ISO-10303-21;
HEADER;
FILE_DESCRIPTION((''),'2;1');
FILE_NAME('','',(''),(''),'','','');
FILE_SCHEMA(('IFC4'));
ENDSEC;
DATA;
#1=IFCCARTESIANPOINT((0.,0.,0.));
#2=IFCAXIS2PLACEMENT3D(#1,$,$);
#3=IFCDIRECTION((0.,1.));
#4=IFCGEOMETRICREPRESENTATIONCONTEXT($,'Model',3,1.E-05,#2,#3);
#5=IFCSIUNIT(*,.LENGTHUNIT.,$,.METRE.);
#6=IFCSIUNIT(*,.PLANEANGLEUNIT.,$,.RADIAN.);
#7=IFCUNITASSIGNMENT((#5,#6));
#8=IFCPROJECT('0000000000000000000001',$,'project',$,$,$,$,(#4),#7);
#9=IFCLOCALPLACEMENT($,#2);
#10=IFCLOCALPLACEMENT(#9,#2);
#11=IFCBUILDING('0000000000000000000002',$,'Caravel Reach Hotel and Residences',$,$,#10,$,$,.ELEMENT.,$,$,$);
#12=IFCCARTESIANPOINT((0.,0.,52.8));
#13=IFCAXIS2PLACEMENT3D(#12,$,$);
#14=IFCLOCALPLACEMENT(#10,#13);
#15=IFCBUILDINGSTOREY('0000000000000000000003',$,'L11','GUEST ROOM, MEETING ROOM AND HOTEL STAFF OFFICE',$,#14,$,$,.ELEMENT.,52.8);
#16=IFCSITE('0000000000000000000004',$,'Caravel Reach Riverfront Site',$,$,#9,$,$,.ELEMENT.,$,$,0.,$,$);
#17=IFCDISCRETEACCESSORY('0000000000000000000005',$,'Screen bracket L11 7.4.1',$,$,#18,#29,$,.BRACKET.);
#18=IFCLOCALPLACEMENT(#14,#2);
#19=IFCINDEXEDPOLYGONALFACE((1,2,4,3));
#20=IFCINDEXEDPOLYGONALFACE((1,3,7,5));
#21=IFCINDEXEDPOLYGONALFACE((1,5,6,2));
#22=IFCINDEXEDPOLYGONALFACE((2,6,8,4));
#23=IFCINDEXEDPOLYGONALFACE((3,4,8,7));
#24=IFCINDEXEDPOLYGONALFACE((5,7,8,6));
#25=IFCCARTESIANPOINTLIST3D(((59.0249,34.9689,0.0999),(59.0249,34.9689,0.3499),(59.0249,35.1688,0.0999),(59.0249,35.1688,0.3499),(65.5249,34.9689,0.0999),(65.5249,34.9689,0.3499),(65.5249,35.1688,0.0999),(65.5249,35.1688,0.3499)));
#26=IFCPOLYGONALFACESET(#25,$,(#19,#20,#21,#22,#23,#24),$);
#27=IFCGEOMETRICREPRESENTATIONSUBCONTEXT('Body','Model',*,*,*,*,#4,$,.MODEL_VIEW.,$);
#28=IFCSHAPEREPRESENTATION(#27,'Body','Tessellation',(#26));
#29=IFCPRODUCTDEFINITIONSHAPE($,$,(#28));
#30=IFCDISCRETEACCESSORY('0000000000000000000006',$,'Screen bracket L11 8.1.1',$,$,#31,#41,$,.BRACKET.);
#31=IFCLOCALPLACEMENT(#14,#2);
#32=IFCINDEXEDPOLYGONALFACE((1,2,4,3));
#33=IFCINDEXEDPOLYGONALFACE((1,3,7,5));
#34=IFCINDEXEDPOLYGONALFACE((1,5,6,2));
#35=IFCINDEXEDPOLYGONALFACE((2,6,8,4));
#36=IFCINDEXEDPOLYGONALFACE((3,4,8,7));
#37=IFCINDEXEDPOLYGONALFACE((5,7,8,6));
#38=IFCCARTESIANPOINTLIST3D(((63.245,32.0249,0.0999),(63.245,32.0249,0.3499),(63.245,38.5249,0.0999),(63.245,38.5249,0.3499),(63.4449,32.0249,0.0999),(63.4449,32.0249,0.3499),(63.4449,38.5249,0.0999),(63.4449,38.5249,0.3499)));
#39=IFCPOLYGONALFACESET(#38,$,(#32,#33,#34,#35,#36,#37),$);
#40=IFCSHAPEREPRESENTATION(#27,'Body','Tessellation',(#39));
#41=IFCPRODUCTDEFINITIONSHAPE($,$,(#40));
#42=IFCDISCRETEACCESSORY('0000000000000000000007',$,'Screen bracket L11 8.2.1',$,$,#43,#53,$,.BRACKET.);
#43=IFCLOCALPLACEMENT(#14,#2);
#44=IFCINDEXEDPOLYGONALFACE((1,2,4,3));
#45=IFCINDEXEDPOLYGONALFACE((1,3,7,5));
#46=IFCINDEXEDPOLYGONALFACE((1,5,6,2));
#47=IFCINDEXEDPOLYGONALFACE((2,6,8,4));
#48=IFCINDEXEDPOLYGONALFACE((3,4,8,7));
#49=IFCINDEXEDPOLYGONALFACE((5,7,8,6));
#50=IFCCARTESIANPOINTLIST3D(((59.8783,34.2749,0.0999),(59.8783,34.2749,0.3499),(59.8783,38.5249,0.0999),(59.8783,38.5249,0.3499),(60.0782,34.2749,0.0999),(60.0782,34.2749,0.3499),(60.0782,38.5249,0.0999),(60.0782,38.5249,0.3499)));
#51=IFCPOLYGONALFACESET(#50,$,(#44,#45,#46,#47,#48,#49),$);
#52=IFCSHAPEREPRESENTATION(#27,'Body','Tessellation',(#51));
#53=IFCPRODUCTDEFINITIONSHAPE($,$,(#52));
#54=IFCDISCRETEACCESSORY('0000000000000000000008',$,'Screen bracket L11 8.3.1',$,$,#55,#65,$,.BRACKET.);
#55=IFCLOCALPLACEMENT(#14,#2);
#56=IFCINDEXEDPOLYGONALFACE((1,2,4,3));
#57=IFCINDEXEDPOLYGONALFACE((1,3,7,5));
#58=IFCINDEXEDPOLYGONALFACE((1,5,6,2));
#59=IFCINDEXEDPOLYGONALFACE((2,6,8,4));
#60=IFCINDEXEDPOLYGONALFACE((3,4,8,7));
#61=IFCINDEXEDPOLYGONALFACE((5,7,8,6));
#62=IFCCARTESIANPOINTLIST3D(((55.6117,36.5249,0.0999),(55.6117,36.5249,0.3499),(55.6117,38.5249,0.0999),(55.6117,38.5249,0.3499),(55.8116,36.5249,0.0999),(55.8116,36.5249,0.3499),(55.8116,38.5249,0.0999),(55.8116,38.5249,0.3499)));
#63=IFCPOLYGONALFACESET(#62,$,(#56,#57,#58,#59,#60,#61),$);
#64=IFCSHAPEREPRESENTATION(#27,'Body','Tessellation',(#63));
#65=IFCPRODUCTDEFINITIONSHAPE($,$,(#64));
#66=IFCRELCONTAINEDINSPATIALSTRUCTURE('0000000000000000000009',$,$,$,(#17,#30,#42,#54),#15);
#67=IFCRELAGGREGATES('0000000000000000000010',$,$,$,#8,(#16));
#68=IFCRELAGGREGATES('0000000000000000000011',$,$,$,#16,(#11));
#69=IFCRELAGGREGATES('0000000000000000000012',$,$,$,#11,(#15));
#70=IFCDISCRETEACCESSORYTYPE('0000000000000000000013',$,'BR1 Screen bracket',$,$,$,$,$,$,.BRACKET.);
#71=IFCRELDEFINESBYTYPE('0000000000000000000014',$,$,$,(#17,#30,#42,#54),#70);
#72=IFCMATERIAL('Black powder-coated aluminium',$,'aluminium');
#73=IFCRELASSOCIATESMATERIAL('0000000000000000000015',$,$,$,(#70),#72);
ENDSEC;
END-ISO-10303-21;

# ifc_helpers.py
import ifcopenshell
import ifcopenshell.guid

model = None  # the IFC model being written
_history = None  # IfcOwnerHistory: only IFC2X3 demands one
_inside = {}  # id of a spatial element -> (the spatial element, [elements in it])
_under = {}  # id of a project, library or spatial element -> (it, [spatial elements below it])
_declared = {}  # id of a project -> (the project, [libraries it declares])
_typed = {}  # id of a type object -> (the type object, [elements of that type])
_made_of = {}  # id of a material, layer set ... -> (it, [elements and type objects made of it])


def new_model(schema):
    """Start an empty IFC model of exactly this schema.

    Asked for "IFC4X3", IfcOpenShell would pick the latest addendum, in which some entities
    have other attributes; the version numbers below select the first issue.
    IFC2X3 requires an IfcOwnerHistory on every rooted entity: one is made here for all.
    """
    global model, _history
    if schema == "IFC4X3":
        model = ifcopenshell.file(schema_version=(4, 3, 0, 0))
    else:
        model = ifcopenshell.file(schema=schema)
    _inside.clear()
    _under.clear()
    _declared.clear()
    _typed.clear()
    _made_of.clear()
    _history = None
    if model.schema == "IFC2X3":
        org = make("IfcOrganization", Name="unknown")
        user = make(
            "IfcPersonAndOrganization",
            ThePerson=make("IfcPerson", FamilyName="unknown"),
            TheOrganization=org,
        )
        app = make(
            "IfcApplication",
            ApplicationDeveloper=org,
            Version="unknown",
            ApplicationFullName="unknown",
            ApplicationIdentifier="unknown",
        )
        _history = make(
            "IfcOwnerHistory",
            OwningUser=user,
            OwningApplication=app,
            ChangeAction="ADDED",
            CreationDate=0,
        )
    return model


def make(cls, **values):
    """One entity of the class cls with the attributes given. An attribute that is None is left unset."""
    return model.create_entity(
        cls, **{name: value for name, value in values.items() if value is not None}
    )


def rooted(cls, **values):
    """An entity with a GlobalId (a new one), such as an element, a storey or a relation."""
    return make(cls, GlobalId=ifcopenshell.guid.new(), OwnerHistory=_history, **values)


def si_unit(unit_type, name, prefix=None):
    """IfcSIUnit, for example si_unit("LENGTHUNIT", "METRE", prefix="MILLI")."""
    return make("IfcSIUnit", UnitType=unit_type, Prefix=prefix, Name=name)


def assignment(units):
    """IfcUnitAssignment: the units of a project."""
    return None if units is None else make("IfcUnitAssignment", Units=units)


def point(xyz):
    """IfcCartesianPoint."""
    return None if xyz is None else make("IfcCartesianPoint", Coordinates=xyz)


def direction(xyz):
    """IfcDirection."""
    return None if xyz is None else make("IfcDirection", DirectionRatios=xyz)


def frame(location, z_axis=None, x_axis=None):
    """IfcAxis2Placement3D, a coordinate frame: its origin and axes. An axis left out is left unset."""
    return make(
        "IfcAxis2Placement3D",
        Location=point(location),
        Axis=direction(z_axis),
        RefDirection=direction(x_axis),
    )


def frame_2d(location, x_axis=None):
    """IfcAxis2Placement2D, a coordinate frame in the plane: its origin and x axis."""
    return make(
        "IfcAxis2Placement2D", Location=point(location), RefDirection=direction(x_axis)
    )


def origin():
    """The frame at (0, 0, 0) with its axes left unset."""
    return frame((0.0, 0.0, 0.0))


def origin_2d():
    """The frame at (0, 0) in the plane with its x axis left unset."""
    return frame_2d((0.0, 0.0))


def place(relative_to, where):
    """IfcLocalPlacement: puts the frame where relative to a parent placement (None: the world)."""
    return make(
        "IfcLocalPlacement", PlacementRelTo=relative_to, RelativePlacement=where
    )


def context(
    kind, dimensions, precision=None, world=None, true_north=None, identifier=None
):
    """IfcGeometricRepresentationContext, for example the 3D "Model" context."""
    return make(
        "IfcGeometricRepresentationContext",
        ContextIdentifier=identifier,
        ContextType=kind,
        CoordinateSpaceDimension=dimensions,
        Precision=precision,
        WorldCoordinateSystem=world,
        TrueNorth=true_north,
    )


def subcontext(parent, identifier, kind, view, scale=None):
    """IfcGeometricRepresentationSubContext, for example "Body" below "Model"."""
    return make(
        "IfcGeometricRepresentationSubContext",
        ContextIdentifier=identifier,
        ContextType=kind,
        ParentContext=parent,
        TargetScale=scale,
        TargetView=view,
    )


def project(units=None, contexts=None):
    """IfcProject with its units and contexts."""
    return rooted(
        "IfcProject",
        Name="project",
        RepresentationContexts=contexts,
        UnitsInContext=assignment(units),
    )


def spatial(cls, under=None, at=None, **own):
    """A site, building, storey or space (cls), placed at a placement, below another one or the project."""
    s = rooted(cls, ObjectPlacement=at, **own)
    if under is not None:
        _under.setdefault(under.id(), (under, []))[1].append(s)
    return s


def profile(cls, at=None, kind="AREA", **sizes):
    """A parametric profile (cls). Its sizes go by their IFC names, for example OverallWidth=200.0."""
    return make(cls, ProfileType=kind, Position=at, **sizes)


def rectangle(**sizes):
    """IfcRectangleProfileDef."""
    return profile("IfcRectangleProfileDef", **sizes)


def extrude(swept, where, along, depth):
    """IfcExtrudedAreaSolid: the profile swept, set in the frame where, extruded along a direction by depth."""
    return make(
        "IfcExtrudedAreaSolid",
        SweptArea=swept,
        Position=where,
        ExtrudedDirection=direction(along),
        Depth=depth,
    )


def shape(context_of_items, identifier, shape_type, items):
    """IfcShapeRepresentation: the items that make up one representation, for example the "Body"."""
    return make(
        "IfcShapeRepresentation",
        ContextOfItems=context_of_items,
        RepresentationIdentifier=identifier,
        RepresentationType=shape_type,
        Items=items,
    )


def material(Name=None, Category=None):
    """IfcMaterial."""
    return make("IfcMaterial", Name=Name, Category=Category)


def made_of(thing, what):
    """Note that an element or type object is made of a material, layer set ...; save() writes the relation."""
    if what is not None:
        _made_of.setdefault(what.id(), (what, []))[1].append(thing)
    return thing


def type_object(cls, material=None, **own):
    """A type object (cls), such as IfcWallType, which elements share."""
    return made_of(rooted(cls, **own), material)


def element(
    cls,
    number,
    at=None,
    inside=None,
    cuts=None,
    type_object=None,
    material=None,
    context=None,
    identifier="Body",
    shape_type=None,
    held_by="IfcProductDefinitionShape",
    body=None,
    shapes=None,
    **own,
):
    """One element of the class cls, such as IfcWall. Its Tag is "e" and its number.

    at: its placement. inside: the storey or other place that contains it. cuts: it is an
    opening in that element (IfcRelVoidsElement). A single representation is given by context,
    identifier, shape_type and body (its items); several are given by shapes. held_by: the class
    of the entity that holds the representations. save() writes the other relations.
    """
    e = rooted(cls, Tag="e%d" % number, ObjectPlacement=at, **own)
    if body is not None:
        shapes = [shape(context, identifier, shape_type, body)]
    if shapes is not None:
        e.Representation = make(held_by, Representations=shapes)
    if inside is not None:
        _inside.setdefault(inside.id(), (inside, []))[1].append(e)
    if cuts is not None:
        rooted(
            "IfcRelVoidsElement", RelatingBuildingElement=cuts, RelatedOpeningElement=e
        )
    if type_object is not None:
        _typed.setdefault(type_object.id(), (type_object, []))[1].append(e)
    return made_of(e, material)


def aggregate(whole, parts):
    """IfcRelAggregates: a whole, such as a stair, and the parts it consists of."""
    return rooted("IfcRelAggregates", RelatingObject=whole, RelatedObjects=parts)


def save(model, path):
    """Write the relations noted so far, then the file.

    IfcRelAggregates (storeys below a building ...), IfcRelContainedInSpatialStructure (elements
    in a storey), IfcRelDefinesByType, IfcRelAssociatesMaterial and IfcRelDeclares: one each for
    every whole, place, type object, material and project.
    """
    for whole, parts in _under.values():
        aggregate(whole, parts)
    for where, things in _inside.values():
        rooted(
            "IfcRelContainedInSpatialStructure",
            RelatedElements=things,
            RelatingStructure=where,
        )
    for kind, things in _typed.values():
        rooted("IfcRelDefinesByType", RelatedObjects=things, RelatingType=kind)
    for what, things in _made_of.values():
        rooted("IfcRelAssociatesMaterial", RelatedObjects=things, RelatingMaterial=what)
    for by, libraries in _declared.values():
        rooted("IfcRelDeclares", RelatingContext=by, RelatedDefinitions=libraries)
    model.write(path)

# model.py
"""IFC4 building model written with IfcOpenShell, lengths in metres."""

from ifc_helpers import new_model, si_unit, direction, frame, origin, origin_2d, place, context, subcontext, project, spatial, rectangle, extrude, material, type_object, element, save


model = new_model("IFC4")

# Units and contexts
model_context = context("Model", 3, precision=1e-05, world=origin(), true_north=direction((0.0, 1.0)))
body_context = subcontext(model_context, "Body", "Model", "MODEL_VIEW")
ifc_project = project(units=[si_unit("LENGTHUNIT", "METRE"), si_unit("PLANEANGLEUNIT", "RADIAN")], contexts=[model_context])

# Site, building, storey
site_placement = place(None, origin())
site = spatial("IfcSite", under=ifc_project, at=site_placement, Name="Caravel Reach Riverfront Site", CompositionType="ELEMENT", RefElevation=0.0)
building_placement = place(site_placement, origin())
building = spatial("IfcBuilding", under=site, at=building_placement, Name="Caravel Reach Hotel and Residences", CompositionType="ELEMENT")
storey_placement = place(building_placement, frame((0.0, 0.0, 52.8)))
storey = spatial("IfcBuildingStorey", under=building, at=storey_placement, Name="L11", Description="GUEST ROOM, MEETING ROOM AND HOTEL STAFF OFFICE", CompositionType="ELEMENT", Elevation=52.8)

# Discrete accessories
ifc_material_1 = material(Name="Black powder-coated aluminium", Category="aluminium")
discrete_accessory_type = type_object("IfcDiscreteAccessoryType", Name="BR1 Screen bracket", PredefinedType="BRACKET", material=ifc_material_1)
for number, where, z_axis, x_axis, name in (
    (1, (62.2749, 35.0688, 0.0999), (0.0, 0.0, 1.0), (1.0, 0.0, 0.0), "Screen bracket L11 7.4.1"),
    (2, (63.345, 35.2749, 0.0999), (0.0, 0.0, 1.0), (0.0, 1.0, 0.0), "Screen bracket L11 8.1.1"),
):
    element("IfcDiscreteAccessory", number, at=place(storey_placement, frame(where, z_axis=z_axis, x_axis=x_axis)), inside=storey, type_object=discrete_accessory_type, Name=name, PredefinedType="BRACKET", context=body_context, shape_type="SweptSolid", body=[
        extrude(rectangle(XDim=6.5, YDim=0.2, at=origin_2d()), origin(), (0.0, 0.0, 1.0), 0.25),
    ])
discrete_accessory_1_placement = place(storey_placement, frame((59.9783, 36.3999, 0.0999), z_axis=(0.0, 0.0, 1.0), x_axis=(0.0, 1.0, 0.0)))
element("IfcDiscreteAccessory", 3, at=discrete_accessory_1_placement, inside=storey, type_object=discrete_accessory_type, Name="Screen bracket L11 8.2.1", PredefinedType="BRACKET", context=body_context, shape_type="SweptSolid", body=[
    extrude(rectangle(XDim=4.25, YDim=0.2, at=origin_2d()), origin(), (0.0, 0.0, 1.0), 0.25),
])
discrete_accessory_2_placement = place(storey_placement, frame((55.7117, 37.5249, 0.0999), z_axis=(0.0, 0.0, 1.0), x_axis=(0.0, 1.0, 0.0)))
element("IfcDiscreteAccessory", 4, at=discrete_accessory_2_placement, inside=storey, type_object=discrete_accessory_type, Name="Screen bracket L11 8.3.1", PredefinedType="BRACKET", context=body_context, shape_type="SweptSolid", body=[
    extrude(rectangle(XDim=2.0, YDim=0.2, at=origin_2d()), origin(), (0.0, 0.0, 1.0), 0.25),
])

save(model, "model.ifc")
